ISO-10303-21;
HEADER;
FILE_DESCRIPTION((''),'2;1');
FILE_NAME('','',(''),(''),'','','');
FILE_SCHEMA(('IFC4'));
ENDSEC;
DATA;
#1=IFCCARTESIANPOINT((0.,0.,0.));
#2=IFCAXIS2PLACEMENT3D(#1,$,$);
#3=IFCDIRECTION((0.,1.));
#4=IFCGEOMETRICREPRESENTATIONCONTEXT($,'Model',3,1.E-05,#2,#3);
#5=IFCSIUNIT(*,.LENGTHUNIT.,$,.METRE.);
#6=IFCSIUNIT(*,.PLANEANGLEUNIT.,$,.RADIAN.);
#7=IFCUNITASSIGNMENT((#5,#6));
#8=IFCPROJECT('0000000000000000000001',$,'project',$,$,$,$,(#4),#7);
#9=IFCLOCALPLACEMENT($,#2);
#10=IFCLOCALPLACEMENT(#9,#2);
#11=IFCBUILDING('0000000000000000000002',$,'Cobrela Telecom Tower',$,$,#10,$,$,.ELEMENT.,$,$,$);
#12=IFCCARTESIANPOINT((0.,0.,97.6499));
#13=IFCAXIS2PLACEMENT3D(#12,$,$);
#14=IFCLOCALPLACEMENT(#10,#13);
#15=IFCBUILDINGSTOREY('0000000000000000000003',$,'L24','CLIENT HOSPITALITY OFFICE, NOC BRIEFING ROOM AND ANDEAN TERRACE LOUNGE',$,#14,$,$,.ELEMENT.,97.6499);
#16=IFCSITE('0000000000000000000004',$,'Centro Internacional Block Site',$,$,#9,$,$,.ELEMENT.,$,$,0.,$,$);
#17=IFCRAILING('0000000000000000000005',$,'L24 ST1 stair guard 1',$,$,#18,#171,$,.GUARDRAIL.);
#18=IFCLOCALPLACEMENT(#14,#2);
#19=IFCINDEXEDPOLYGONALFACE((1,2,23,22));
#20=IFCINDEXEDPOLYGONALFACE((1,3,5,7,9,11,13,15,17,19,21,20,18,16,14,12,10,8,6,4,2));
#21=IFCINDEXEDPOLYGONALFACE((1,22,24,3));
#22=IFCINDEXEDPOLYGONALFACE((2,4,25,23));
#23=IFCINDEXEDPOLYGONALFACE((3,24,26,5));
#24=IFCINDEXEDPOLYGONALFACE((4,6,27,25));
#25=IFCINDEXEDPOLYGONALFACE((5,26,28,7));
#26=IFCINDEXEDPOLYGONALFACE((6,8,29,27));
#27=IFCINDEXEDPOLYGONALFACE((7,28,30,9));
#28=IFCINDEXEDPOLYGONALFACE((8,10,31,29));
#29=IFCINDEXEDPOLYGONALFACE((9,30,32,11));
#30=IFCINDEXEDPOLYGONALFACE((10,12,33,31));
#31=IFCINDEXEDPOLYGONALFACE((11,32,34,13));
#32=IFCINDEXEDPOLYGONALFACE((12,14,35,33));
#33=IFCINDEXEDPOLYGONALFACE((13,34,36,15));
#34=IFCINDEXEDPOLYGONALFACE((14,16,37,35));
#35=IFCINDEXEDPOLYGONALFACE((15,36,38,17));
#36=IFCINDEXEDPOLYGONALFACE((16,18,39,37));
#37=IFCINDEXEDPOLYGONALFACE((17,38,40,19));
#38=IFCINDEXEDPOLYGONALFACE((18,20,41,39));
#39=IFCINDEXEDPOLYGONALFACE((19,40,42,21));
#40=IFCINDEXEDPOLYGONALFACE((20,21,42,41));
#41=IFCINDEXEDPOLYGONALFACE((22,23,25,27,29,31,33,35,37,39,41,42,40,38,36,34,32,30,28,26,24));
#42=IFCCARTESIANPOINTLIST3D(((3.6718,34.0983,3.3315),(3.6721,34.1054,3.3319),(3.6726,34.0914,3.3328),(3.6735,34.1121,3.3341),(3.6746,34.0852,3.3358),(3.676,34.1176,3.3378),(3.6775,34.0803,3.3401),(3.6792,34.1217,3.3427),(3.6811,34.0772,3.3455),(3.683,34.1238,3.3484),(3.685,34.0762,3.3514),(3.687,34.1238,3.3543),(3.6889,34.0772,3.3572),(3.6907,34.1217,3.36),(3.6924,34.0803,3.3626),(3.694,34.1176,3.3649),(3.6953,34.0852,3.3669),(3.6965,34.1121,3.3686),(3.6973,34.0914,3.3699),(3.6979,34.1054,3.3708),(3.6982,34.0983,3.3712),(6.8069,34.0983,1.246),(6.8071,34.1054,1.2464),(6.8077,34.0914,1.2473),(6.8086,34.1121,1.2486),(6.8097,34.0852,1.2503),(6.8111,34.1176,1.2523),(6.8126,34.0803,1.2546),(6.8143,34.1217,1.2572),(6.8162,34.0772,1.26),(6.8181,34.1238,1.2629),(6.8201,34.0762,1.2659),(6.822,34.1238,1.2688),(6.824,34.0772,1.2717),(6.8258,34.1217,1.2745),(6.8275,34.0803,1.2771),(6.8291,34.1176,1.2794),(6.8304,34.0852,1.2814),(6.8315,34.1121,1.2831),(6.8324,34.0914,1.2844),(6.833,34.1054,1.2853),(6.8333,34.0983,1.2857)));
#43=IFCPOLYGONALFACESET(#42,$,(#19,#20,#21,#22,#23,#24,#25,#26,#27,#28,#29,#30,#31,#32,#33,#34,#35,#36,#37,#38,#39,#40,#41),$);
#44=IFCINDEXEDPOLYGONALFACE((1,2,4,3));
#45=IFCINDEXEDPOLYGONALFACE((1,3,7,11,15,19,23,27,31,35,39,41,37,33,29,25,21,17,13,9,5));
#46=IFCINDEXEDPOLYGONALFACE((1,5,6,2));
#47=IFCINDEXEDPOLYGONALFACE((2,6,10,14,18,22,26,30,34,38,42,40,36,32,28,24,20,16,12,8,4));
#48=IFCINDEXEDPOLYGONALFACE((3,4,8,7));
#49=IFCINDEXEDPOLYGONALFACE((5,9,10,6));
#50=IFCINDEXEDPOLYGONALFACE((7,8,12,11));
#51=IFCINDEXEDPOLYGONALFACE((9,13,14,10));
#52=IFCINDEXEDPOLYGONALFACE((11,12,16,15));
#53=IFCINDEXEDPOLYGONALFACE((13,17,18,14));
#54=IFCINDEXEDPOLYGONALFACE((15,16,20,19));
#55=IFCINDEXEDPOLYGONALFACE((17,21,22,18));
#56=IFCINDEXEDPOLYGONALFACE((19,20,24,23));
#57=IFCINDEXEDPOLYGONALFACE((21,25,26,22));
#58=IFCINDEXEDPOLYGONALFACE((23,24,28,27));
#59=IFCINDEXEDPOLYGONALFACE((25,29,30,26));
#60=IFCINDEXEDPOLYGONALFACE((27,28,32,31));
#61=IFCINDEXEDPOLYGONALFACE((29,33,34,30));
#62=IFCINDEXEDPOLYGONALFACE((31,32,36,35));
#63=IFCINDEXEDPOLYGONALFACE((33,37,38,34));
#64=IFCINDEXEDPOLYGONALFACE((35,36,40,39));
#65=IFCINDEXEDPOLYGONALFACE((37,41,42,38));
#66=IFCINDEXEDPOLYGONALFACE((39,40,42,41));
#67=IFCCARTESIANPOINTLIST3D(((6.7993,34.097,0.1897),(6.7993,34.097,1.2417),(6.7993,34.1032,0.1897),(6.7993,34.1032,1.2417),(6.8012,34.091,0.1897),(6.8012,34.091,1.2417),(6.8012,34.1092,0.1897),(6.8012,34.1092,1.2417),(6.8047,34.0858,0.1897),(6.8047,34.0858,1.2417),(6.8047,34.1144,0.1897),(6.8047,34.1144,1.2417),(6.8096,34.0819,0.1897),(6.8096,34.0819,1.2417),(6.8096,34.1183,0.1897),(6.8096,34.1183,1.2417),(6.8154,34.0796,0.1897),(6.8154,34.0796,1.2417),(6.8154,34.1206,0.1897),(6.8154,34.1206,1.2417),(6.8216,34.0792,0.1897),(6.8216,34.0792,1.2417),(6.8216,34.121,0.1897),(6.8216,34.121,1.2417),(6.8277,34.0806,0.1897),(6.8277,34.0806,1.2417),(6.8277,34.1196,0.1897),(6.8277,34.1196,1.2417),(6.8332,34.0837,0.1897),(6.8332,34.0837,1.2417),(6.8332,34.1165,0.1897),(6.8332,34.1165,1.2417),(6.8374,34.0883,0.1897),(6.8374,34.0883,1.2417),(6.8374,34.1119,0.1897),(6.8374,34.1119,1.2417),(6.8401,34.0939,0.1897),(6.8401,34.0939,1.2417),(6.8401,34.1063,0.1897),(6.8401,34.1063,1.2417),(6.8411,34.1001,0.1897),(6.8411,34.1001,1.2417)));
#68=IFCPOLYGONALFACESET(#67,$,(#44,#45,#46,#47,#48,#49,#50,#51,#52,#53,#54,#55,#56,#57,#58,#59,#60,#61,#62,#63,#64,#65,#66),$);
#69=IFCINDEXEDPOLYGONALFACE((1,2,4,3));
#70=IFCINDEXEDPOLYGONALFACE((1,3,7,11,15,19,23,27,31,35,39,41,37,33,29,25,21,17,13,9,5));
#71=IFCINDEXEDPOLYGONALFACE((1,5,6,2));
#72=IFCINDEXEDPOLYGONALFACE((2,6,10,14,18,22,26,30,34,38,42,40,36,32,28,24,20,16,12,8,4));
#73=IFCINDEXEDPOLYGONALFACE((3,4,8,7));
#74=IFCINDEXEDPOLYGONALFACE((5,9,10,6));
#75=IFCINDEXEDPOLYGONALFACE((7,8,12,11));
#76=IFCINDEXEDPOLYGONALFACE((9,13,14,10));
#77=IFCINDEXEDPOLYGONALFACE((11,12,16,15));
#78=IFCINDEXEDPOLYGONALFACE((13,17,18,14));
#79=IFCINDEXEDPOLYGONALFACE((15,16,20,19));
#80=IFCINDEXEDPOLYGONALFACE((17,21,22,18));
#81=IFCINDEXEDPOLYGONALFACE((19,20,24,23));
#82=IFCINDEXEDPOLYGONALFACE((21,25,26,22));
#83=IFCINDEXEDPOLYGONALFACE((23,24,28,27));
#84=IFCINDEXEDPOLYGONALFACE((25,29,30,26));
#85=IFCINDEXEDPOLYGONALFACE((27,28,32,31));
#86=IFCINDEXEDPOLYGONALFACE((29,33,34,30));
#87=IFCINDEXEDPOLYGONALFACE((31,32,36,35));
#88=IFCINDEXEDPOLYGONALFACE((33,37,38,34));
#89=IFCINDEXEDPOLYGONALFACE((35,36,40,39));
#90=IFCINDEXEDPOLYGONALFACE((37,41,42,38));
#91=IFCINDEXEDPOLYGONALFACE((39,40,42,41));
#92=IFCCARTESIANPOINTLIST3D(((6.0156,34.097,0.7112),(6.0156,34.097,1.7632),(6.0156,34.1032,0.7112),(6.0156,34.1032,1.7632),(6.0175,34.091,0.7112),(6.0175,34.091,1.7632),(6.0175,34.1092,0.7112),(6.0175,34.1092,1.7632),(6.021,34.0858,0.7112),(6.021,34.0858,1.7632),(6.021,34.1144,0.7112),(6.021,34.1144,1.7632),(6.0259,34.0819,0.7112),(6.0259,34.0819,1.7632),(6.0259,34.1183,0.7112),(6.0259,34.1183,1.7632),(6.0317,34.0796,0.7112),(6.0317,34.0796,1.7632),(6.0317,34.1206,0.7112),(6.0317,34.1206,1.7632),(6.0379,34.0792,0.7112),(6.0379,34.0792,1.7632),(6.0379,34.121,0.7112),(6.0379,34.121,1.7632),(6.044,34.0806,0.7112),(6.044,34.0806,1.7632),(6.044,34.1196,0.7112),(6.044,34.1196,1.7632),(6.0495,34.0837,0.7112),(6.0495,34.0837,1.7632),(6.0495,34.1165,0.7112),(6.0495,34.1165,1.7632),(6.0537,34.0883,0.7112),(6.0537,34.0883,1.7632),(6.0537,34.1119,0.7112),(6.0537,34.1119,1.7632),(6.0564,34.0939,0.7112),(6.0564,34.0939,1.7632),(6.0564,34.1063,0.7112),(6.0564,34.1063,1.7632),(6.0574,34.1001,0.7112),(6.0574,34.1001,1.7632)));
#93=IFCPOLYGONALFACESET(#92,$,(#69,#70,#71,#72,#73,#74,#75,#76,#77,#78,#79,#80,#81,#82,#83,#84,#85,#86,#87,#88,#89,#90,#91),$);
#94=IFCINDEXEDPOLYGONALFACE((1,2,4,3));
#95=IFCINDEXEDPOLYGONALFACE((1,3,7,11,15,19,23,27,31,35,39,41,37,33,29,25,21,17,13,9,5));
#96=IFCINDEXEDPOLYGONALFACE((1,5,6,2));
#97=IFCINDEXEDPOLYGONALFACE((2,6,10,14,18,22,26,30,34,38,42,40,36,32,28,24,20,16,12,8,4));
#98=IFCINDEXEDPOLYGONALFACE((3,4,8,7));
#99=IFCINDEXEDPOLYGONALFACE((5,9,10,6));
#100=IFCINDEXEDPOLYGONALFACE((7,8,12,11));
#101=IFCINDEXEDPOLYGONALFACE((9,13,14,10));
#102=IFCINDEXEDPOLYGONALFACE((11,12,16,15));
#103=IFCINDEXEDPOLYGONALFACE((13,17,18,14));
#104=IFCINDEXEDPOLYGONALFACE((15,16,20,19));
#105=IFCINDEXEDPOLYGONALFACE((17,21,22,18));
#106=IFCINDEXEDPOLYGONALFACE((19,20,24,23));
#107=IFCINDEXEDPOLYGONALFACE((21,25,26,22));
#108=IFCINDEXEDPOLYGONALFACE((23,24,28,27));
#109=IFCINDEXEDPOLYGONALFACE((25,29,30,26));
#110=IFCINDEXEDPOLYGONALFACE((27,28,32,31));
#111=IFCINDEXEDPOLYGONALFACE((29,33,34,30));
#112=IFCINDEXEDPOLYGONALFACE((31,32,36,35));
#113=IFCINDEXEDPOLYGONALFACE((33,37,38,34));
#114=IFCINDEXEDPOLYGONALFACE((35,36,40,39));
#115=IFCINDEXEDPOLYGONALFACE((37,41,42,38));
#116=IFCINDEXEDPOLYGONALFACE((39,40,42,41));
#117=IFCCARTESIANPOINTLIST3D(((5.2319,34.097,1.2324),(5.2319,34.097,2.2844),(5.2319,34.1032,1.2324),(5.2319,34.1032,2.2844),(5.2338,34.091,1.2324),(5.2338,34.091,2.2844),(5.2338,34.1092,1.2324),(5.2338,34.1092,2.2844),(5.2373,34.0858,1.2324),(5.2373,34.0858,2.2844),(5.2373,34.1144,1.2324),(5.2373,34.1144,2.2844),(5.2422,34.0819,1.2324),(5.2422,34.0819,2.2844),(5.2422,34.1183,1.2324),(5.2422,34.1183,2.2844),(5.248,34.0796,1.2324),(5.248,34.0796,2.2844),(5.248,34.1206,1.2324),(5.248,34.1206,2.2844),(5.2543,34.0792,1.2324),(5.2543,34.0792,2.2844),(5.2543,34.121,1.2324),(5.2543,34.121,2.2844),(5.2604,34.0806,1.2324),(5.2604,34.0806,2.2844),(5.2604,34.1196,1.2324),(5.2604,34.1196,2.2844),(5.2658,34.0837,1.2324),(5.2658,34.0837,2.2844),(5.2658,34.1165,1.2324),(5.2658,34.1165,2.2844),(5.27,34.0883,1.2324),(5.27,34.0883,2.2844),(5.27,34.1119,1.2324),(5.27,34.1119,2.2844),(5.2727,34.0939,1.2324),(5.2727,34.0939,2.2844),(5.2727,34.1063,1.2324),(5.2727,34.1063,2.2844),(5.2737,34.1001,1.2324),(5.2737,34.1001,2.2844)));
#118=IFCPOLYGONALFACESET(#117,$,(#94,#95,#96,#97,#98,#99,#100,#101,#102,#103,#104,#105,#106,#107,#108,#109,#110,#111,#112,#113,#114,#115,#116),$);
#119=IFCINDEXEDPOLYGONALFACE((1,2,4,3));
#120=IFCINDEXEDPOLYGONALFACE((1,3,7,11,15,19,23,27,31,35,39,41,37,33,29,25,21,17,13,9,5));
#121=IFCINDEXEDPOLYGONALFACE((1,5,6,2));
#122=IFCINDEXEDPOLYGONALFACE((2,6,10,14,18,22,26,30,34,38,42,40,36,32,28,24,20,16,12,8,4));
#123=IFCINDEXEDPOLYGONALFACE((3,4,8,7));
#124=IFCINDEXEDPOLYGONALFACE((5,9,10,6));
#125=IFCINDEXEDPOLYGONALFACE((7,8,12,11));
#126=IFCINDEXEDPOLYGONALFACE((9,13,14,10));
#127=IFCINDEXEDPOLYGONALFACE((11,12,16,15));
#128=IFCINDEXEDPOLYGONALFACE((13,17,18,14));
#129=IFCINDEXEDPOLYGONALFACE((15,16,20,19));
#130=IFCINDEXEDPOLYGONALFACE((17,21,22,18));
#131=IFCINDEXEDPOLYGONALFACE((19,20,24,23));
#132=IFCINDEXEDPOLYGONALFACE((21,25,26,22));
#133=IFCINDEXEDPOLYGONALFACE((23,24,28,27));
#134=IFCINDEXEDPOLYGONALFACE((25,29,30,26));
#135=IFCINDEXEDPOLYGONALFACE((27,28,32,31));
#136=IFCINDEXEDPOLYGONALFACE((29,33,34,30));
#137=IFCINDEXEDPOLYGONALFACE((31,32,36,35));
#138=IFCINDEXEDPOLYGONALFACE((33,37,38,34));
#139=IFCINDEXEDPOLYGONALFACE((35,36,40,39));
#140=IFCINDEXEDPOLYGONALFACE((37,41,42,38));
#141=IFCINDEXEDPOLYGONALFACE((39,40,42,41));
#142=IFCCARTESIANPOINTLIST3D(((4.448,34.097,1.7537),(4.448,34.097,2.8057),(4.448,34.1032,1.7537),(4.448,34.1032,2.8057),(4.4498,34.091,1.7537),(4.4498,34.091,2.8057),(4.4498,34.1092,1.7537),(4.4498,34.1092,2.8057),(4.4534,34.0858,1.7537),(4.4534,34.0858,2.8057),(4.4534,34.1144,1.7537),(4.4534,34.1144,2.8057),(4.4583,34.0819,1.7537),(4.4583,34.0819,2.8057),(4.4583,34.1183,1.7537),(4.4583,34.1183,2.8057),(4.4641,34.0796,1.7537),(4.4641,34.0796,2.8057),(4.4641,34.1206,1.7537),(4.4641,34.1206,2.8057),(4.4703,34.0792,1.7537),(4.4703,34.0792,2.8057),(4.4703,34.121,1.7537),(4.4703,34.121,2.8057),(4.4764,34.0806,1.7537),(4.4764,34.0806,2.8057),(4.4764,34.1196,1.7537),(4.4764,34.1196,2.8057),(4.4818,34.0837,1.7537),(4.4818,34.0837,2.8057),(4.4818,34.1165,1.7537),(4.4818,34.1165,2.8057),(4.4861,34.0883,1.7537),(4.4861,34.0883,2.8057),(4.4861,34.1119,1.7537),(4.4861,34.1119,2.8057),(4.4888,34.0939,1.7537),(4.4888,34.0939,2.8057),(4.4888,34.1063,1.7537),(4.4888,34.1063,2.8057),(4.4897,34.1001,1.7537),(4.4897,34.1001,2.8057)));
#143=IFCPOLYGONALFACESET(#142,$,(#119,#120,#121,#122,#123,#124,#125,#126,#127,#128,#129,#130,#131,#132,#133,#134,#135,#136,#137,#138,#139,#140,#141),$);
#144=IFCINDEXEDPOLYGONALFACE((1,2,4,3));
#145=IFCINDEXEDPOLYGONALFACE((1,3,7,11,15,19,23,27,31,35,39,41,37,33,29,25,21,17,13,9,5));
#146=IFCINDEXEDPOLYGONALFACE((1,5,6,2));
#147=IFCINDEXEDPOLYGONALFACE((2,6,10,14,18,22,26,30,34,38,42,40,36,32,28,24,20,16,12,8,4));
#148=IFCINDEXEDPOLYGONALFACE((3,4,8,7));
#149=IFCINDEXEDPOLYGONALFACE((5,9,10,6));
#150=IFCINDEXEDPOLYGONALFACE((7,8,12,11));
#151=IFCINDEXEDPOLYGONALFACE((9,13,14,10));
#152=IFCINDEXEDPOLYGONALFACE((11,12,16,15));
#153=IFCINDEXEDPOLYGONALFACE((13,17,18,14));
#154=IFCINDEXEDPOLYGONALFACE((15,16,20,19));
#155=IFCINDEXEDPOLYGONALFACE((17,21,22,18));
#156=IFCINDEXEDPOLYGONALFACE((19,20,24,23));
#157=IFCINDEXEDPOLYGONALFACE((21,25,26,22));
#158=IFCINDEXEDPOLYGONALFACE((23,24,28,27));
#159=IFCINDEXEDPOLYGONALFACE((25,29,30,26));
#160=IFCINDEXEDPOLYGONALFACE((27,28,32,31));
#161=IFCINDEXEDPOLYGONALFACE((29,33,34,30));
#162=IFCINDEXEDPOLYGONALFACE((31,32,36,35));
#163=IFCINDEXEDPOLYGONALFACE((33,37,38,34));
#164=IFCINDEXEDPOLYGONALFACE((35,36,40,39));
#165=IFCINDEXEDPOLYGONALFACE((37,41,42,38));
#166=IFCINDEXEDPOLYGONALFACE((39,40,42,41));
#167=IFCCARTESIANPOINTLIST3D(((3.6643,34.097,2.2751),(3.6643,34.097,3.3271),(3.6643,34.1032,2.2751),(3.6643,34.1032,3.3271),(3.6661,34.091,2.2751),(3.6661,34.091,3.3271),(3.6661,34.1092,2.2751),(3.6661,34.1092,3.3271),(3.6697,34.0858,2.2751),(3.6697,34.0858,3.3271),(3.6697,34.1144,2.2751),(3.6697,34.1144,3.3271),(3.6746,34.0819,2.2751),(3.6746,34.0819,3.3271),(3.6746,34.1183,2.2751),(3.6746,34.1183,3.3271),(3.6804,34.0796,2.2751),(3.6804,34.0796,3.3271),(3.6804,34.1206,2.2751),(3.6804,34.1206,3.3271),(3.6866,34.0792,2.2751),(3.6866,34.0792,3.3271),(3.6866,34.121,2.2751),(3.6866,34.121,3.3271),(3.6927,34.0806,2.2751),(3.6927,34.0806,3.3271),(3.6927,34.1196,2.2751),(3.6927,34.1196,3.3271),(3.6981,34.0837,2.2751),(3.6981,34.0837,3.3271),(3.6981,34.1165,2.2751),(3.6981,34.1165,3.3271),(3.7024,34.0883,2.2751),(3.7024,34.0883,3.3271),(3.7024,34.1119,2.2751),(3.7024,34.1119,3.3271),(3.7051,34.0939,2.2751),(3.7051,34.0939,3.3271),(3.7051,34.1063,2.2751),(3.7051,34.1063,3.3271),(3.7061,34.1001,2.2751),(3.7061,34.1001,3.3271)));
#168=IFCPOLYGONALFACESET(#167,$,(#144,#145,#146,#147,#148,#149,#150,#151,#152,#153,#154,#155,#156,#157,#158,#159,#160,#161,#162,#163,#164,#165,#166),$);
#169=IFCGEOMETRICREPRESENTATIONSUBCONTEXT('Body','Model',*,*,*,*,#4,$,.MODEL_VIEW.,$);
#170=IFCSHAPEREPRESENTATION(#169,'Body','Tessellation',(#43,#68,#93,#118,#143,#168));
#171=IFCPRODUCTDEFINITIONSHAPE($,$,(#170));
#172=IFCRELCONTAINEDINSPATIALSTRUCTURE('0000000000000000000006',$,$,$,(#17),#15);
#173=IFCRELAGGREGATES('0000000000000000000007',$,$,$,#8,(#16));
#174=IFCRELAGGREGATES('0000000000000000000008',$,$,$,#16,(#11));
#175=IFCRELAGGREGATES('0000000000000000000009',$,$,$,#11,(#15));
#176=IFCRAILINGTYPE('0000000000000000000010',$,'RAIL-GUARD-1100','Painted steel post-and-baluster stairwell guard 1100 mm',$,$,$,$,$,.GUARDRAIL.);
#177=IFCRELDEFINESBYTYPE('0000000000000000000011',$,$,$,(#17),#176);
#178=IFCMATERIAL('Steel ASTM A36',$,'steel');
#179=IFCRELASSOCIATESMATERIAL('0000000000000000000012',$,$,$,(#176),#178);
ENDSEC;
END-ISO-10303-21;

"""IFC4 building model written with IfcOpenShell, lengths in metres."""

from ifc_helpers import new_model, si_unit, direction, frame, origin, origin_2d, place, context, subcontext, project, spatial, circle, extrude, material, type_object, element, save


model = new_model("IFC4")

# Units and contexts
model_context = context("Model", 3, precision=1e-05, world=origin(), true_north=direction((0.0, 1.0)))
body_context = subcontext(model_context, "Body", "Model", "MODEL_VIEW")
ifc_project = project(units=[si_unit("LENGTHUNIT", "METRE"), si_unit("PLANEANGLEUNIT", "RADIAN")], contexts=[model_context])

# Site, building, storey
site_placement = place(None, origin())
site = spatial("IfcSite", under=ifc_project, at=site_placement, Name="Centro Internacional Block Site", CompositionType="ELEMENT", RefElevation=0.0)
building_placement = place(site_placement, origin())
building = spatial("IfcBuilding", under=site, at=building_placement, Name="Cobrela Telecom Tower", CompositionType="ELEMENT")
storey_placement = place(building_placement, frame((0.0, 0.0, 97.6499)))
storey = spatial("IfcBuildingStorey", under=building, at=storey_placement, Name="L24", Description="CLIENT HOSPITALITY OFFICE, NOC BRIEFING ROOM AND ANDEAN TERRACE LOUNGE", CompositionType="ELEMENT", Elevation=97.6499)

# Shared definitions
ifc_material_1 = material(Name="Steel ASTM A36", Category="steel")

# Railing
railing_type_1 = type_object("IfcRailingType", Name="RAIL-GUARD-1100", Description="Painted steel post-and-baluster stairwell guard 1100 mm", PredefinedType="GUARDRAIL", material=ifc_material_1)
railing_1_placement = place(storey_placement, frame((6.8201, 34.1001, 0.1897)))
element("IfcRailing", 1, at=railing_1_placement, inside=storey, type_object=railing_type_1, Name="L24 ST1 stair guard 1", PredefinedType="GUARDRAIL", context=body_context, shape_type="SweptSolid", body=[
    extrude(circle(Radius=0.0239, at=origin_2d()), frame((0.0, 0.0, 1.0762), z_axis=(-0.832608, 0.0, 0.553862), x_axis=(0.0, -1.0, 0.0)), (0.0, 0.0, 1.0), 3.7654),
    extrude(circle(Radius=0.021, at=origin_2d()), origin(), (0.0, 0.0, 1.0), 1.052),
    extrude(circle(Radius=0.021, at=origin_2d()), frame((-0.7837, 0.0, 0.5215)), (0.0, 0.0, 1.0), 1.052),
    extrude(circle(Radius=0.021, at=origin_2d()), frame((-1.5674, 0.0, 1.0427)), (0.0, 0.0, 1.0), 1.052),
    extrude(circle(Radius=0.021, at=origin_2d()), frame((-2.3513, 0.0, 1.564)), (0.0, 0.0, 1.0), 1.052),
    extrude(circle(Radius=0.021, at=origin_2d()), frame((-3.135, 0.0, 2.0854)), (0.0, 0.0, 1.0), 1.052),
])

save(model, "model.ifc")
